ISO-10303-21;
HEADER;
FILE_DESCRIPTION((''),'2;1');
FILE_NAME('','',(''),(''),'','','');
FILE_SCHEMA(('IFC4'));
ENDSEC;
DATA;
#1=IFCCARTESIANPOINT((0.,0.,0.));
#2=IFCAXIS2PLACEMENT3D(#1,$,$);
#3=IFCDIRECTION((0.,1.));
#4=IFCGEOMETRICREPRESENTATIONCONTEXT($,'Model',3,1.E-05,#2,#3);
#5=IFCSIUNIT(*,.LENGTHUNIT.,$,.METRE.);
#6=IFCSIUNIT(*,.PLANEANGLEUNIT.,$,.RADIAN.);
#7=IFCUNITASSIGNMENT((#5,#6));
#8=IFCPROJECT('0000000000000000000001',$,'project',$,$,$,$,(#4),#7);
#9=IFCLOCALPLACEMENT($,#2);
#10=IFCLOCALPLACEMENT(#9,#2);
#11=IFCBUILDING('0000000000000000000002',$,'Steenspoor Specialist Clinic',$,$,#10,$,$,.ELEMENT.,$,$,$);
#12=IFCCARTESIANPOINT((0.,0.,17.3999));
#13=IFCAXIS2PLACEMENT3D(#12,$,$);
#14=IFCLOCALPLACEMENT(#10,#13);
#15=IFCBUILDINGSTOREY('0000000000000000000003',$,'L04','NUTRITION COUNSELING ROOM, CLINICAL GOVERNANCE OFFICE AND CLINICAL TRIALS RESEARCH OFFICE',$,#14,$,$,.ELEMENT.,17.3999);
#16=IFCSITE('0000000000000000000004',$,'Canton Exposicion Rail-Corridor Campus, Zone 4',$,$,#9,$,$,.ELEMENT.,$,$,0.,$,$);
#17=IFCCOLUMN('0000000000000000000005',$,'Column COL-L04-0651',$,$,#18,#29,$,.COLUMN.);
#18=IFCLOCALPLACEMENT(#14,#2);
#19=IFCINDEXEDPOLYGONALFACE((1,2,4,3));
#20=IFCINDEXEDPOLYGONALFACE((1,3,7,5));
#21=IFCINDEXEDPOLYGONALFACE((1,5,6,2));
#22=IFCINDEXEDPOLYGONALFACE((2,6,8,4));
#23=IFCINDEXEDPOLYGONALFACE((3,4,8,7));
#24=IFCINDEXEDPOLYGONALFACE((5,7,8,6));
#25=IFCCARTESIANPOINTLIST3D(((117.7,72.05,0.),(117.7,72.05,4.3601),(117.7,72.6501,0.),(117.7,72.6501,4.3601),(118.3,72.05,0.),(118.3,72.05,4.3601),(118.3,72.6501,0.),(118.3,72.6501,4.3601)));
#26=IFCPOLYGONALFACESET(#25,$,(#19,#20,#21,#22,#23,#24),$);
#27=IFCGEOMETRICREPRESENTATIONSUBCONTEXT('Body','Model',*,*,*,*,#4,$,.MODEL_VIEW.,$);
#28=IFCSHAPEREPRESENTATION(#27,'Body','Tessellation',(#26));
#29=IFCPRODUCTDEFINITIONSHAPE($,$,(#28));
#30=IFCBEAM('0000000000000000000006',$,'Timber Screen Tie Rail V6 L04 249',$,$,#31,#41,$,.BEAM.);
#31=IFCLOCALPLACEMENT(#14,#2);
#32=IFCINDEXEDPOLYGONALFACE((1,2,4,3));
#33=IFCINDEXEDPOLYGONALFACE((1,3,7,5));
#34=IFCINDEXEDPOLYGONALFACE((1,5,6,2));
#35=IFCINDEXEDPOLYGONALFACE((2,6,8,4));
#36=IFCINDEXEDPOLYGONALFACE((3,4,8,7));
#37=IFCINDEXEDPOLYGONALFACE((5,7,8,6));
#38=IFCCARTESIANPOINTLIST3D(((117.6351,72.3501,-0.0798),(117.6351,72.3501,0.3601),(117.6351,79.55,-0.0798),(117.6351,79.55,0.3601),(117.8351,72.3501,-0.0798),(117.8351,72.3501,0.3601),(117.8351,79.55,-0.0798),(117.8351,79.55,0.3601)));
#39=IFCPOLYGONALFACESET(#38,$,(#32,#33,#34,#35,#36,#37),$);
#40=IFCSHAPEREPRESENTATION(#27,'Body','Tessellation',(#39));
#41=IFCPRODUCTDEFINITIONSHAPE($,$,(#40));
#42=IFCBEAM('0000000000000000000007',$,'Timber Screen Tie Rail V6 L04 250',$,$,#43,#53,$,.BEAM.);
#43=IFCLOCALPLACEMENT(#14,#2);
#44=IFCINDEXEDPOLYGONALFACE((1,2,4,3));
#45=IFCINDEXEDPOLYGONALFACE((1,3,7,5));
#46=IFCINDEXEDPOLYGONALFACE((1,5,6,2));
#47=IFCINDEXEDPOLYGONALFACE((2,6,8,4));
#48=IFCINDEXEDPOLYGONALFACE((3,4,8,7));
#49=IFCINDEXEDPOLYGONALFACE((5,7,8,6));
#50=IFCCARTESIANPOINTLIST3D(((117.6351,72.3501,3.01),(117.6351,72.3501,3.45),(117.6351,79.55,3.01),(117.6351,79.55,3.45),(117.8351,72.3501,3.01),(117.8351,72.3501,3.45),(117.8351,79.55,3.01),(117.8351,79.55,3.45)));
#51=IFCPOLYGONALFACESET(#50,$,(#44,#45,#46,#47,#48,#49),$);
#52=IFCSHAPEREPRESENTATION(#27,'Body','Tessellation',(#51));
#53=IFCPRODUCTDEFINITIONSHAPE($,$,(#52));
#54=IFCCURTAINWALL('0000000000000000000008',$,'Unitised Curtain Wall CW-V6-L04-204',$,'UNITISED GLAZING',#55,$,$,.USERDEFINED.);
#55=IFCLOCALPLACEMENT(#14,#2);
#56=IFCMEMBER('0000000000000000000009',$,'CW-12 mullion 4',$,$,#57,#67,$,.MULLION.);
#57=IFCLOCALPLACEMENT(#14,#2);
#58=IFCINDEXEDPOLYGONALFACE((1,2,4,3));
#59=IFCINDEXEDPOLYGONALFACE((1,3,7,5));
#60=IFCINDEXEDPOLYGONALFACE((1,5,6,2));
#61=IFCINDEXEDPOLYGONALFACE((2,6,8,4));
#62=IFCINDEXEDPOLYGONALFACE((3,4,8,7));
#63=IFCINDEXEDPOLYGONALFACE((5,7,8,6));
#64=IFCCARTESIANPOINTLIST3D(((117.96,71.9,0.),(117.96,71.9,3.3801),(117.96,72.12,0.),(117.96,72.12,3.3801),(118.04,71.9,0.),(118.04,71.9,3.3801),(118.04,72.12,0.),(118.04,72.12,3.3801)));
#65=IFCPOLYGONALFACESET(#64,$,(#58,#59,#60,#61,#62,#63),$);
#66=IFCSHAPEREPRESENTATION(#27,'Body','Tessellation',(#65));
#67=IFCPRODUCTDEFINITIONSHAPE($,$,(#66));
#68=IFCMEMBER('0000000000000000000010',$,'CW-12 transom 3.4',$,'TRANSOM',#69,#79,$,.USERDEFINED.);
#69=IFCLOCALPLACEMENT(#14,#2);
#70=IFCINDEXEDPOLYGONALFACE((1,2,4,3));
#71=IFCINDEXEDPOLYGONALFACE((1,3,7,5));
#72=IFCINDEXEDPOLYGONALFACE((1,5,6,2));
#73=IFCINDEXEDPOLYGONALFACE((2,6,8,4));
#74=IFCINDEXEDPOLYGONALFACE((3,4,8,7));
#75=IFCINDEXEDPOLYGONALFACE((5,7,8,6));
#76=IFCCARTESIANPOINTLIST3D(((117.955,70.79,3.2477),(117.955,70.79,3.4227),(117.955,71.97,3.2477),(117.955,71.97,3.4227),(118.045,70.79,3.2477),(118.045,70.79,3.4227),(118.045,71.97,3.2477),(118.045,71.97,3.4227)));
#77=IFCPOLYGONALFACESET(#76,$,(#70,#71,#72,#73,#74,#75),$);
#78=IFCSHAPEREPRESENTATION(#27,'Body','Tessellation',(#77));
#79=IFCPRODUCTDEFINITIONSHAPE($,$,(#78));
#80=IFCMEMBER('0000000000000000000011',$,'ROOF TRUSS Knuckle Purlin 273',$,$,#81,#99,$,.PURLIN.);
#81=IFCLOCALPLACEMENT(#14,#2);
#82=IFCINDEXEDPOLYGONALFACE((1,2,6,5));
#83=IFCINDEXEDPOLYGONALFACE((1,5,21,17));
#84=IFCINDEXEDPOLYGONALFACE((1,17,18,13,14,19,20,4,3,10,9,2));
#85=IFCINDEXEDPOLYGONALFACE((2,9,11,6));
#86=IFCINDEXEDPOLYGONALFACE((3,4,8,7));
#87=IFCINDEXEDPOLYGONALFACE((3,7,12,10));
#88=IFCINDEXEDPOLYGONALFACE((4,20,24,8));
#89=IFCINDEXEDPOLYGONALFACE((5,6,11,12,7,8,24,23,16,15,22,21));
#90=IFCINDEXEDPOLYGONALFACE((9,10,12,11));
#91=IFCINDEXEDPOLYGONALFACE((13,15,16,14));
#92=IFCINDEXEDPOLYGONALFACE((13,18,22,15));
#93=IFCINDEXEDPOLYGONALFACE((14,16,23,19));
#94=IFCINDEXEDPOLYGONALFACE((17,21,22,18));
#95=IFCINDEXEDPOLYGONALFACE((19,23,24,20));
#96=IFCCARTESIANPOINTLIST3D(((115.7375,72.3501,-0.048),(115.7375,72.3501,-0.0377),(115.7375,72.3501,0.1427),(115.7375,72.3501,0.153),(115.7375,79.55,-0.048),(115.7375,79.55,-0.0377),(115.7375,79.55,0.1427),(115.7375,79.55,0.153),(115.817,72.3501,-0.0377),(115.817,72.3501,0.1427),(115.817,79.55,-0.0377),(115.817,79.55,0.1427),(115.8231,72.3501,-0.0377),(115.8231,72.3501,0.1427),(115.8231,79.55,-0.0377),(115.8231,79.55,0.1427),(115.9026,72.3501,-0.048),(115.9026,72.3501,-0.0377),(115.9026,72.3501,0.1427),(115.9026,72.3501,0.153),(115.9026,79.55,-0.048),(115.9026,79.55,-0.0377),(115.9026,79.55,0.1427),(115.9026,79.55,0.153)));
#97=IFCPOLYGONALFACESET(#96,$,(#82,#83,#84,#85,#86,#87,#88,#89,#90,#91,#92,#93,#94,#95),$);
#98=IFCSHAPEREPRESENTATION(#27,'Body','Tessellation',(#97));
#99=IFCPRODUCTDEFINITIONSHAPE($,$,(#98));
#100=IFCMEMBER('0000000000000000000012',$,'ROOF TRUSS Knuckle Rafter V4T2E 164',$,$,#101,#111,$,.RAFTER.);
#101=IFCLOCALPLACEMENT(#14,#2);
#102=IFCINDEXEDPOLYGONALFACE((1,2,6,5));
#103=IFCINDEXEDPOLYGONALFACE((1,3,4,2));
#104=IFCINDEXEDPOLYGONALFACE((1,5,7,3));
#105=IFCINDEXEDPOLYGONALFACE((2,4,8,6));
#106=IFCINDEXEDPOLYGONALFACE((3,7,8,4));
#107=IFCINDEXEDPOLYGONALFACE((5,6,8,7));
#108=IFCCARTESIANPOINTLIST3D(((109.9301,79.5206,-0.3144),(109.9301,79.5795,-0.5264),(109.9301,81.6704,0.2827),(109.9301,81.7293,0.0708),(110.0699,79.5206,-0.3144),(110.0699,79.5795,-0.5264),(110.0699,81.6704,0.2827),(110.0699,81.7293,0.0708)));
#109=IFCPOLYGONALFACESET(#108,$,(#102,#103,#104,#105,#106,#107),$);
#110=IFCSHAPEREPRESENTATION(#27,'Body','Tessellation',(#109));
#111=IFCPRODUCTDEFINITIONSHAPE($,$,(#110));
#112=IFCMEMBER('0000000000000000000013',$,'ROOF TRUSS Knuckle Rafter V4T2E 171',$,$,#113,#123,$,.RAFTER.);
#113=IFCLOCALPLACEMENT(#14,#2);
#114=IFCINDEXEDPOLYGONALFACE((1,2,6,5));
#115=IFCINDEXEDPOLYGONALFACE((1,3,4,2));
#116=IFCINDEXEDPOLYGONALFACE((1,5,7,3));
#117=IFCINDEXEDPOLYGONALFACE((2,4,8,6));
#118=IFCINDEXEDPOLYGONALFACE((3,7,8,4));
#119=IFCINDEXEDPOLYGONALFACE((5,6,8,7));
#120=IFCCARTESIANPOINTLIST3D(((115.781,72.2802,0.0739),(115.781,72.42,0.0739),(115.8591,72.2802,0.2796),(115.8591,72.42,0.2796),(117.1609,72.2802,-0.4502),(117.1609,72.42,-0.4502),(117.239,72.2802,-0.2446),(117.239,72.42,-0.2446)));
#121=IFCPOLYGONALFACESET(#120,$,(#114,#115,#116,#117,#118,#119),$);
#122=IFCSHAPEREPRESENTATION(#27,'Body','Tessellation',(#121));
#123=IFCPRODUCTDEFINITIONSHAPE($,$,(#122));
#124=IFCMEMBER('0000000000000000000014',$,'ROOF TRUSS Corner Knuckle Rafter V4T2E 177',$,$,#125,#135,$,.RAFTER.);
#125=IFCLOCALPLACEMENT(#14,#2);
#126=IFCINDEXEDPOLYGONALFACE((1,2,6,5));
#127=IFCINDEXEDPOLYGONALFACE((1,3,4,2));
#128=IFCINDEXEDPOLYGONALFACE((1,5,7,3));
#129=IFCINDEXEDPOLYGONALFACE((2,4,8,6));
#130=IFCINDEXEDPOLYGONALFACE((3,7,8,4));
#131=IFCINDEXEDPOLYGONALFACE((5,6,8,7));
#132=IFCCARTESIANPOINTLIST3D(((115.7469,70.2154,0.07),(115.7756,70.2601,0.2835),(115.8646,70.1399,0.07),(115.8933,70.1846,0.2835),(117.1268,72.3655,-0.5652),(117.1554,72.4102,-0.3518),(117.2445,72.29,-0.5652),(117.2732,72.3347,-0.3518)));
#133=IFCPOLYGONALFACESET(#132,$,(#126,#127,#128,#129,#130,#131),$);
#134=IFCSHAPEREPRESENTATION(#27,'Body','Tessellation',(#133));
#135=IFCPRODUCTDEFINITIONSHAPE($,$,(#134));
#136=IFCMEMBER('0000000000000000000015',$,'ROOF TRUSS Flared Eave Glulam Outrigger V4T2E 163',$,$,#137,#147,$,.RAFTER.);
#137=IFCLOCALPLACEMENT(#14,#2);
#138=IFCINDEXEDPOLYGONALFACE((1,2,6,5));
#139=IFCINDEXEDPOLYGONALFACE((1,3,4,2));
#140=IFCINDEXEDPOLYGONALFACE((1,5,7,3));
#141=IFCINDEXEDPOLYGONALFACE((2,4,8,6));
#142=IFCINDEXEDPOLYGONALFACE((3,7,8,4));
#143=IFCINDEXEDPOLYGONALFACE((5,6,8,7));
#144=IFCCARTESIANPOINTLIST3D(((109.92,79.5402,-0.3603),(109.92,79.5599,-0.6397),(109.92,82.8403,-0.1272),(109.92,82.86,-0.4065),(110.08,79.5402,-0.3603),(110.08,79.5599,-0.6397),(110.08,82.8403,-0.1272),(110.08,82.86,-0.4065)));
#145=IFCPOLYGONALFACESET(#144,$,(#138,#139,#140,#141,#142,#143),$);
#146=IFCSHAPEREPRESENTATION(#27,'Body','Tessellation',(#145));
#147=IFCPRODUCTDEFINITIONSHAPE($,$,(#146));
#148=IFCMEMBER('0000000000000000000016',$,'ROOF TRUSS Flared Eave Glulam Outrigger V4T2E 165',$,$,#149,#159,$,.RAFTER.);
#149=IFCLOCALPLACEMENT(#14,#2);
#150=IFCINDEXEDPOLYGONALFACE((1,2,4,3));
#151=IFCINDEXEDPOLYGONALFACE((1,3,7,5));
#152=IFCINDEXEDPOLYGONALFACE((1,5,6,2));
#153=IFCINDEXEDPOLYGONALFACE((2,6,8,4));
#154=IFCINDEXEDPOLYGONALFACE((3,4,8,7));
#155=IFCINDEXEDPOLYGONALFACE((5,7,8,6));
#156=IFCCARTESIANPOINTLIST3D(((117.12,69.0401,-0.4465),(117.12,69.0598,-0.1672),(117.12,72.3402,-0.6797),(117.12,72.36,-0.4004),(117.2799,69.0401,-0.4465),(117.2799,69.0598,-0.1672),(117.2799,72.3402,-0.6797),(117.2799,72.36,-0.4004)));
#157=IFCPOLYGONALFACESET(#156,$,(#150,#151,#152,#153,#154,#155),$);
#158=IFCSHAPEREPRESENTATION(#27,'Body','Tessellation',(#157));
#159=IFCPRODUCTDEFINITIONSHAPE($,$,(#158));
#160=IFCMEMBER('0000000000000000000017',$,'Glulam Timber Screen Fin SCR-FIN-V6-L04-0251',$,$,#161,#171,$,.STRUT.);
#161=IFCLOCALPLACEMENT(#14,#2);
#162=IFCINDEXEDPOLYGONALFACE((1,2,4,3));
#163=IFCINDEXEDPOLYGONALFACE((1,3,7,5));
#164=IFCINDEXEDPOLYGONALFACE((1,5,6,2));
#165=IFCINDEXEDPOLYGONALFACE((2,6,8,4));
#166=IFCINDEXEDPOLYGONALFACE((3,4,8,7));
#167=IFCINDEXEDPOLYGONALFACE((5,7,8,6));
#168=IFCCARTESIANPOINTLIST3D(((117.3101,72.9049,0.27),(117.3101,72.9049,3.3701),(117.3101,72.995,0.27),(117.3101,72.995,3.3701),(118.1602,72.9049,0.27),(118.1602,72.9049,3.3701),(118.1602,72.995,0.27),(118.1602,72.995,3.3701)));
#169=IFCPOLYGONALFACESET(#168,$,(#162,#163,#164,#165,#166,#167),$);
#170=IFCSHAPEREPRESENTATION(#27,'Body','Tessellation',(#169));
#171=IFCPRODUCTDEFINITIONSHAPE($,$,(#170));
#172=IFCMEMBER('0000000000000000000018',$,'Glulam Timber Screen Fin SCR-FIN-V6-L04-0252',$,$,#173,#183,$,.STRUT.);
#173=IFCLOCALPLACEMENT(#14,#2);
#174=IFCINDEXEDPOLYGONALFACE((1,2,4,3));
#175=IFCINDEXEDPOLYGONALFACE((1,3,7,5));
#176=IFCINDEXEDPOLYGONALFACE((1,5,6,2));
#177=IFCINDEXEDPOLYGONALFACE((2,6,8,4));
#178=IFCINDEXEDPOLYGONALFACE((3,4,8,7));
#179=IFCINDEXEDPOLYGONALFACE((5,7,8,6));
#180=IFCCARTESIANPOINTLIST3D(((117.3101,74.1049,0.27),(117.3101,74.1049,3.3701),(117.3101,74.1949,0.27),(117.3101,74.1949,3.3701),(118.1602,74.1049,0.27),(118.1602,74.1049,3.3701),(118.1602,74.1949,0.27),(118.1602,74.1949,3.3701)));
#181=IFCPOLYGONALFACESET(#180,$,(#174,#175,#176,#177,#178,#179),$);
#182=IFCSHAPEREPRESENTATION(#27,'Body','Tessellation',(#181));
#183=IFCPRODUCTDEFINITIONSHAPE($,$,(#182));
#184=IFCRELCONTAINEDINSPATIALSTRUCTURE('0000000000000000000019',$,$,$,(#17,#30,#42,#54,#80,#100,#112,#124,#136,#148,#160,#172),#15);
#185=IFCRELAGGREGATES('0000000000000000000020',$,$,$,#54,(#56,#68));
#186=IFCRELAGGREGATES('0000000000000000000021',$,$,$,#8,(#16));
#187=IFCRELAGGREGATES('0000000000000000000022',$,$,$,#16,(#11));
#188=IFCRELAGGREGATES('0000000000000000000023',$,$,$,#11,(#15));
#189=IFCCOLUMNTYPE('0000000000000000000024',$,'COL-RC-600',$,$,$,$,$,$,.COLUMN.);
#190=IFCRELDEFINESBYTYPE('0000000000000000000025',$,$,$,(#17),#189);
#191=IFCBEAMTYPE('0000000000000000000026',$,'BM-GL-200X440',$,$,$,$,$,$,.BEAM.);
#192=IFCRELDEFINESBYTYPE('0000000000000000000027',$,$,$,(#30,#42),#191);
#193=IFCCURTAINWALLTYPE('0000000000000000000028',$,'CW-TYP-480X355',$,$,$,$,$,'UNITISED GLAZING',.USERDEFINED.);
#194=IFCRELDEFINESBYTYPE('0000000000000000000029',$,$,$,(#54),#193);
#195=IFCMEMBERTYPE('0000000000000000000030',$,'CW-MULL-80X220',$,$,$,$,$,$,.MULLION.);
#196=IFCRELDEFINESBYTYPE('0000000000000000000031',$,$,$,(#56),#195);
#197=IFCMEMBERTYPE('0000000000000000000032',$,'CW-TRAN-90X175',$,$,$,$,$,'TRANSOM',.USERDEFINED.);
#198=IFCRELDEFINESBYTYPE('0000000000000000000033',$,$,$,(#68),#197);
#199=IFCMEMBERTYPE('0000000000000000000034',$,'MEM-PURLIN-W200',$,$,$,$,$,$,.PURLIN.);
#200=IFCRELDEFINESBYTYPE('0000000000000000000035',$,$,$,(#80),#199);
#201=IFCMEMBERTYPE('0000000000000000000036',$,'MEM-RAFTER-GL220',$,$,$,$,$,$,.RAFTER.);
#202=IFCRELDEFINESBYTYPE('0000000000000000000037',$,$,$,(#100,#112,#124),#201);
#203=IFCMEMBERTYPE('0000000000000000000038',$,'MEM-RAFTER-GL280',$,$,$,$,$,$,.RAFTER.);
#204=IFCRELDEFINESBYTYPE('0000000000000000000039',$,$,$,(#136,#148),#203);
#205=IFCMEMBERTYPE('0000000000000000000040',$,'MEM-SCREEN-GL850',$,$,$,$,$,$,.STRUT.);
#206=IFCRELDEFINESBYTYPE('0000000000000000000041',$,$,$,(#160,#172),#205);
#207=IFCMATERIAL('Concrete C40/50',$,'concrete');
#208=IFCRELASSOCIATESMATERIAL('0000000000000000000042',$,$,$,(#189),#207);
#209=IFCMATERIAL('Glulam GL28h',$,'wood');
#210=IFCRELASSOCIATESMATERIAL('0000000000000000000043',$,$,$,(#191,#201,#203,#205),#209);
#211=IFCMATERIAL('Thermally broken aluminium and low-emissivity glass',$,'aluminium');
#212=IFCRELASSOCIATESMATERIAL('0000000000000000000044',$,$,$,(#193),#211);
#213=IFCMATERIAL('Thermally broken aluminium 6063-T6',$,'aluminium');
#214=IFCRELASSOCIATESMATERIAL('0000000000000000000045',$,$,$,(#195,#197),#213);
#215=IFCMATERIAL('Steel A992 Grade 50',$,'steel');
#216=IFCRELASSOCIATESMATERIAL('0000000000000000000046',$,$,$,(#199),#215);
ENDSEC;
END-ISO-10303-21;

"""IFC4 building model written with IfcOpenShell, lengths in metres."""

from ifc_helpers import new_model, si_unit, direction, frame, origin, origin_2d, place, context, subcontext, project, spatial, rectangle, i_section, extrude, material, material_profile, profile_set, type_object, element, aggregate, save


model = new_model("IFC4")

# Units and contexts
model_context = context("Model", 3, precision=1e-05, world=origin(), true_north=direction((0.0, 1.0)))
body_context = subcontext(model_context, "Body", "Model", "MODEL_VIEW")
ifc_project = project(units=[si_unit("LENGTHUNIT", "METRE"), si_unit("PLANEANGLEUNIT", "RADIAN")], contexts=[model_context])

# Site, building, storey
site_placement = place(None, origin())
site = spatial("IfcSite", under=ifc_project, at=site_placement, Name="Canton Exposicion Rail-Corridor Campus, Zone 4", CompositionType="ELEMENT", RefElevation=0.0)
building_placement = place(site_placement, origin())
building = spatial("IfcBuilding", under=site, at=building_placement, Name="Steenspoor Specialist Clinic", CompositionType="ELEMENT")
storey_placement = place(building_placement, frame((0.0, 0.0, 17.3999)))
storey = spatial("IfcBuildingStorey", under=building, at=storey_placement, Name="L04", Description="NUTRITION COUNSELING ROOM, CLINICAL GOVERNANCE OFFICE AND CLINICAL TRIALS RESEARCH OFFICE", CompositionType="ELEMENT", Elevation=17.3999)

# Column
ifc_material_1 = material(Name="Concrete C40/50", Category="concrete")
ifc_material_profile_1 = material_profile(ifc_material_1, rectangle(XDim=0.6001, YDim=0.6001, at=origin_2d()), Name="RC-COL-600X600")
ifc_profile_set_1 = profile_set([ifc_material_profile_1], Name="Concrete C40/50")
column_type = type_object("IfcColumnType", Name="COL-RC-600", PredefinedType="COLUMN", material=ifc_profile_set_1)
column_placement = place(storey_placement, frame((118.0, 72.3501, 0.0), z_axis=(0.0, 0.0, 1.0), x_axis=(1.0, 0.0, 0.0)))
element("IfcColumn", 1, at=column_placement, inside=storey, type_object=column_type, Name="Column COL-L04-0651", PredefinedType="COLUMN", context=body_context, shape_type="SweptSolid", body=[
    extrude(rectangle(XDim=0.6001, YDim=0.6001, at=origin_2d()), origin(), (0.0, 0.0, 1.0), 4.3601),
])

# Beams
ifc_material_2 = material(Name="Glulam GL28h", Category="wood")
ifc_material_profile_2 = material_profile(ifc_material_2, rectangle(XDim=0.2, YDim=0.4399, at=origin_2d()), Name="GL28H-200X440")
ifc_profile_set_2 = profile_set([ifc_material_profile_2], Name="Glulam GL28h")
beam_type = type_object("IfcBeamType", Name="BM-GL-200X440", PredefinedType="BEAM", material=ifc_profile_set_2)
for number, where, z_axis, x_axis, name in (
    (2, (117.7351, 72.3501, 0.1401), (0.0, 1.0, 0.0), (-1.0, 0.0, 0.0), "Timber Screen Tie Rail V6 L04 249"),
    (3, (117.7351, 72.3501, 3.23), (0.0, 1.0, 0.0), (-1.0, 0.0, 0.0), "Timber Screen Tie Rail V6 L04 250"),
):
    element("IfcBeam", number, at=place(storey_placement, frame(where, z_axis=z_axis, x_axis=x_axis)), inside=storey, type_object=beam_type, Name=name, PredefinedType="BEAM", context=body_context, shape_type="SweptSolid", body=[
        extrude(rectangle(XDim=0.2, YDim=0.4399, at=origin_2d()), origin(), (0.0, 0.0, 1.0), 7.2),
    ])

# Curtain wall, members
ifc_material_3 = material(Name="Thermally broken aluminium and low-emissivity glass", Category="aluminium")
curtain_wall_type = type_object("IfcCurtainWallType", Name="CW-TYP-480X355", ElementType="UNITISED GLAZING", PredefinedType="USERDEFINED", material=ifc_material_3)
curtain_wall_placement = place(storey_placement, origin())
curtain_wall = element("IfcCurtainWall", 4, at=curtain_wall_placement, inside=storey, type_object=curtain_wall_type, Name="Unitised Curtain Wall CW-V6-L04-204", ObjectType="UNITISED GLAZING", PredefinedType="USERDEFINED")
ifc_material_4 = material(Name="Thermally broken aluminium 6063-T6", Category="aluminium")
ifc_material_profile_3 = material_profile(ifc_material_4, rectangle(XDim=0.0801, YDim=0.22, at=origin_2d()), Name="CWM-80X220")
ifc_profile_set_3 = profile_set([ifc_material_profile_3], Name="Thermally broken aluminium 6063-T6")
member_type_1 = type_object("IfcMemberType", Name="CW-MULL-80X220", PredefinedType="MULLION", material=ifc_profile_set_3)
member_1_placement = place(storey_placement, frame((118.0, 72.01, 0.0), z_axis=(0.0, 0.0, 1.0), x_axis=(-1.0, 0.0, 0.0)))
member_1 = element("IfcMember", 5, at=member_1_placement, type_object=member_type_1, Name="CW-12 mullion 4", PredefinedType="MULLION", context=body_context, shape_type="SweptSolid", body=[
    extrude(rectangle(XDim=0.0801, YDim=0.22, at=origin_2d()), origin(), (0.0, 0.0, 1.0), 3.3801),
])
ifc_material_profile_4 = material_profile(ifc_material_4, rectangle(XDim=0.0901, YDim=0.175, at=origin_2d()), Name="CWT-90X175")
ifc_profile_set_4 = profile_set([ifc_material_profile_4], Name="Thermally broken aluminium 6063-T6")
member_type_2 = type_object("IfcMemberType", Name="CW-TRAN-90X175", ElementType="TRANSOM", PredefinedType="USERDEFINED", material=ifc_profile_set_4)
member_2_placement = place(storey_placement, frame((118.0, 70.79, 3.3352), z_axis=(0.0, 1.0, 0.0), x_axis=(-1.0, 0.0, 0.0)))
member_2 = element("IfcMember", 6, at=member_2_placement, type_object=member_type_2, Name="CW-12 transom 3.4", ObjectType="TRANSOM", PredefinedType="USERDEFINED", context=body_context, shape_type="SweptSolid", body=[
    extrude(rectangle(XDim=0.0901, YDim=0.175, at=origin_2d()), origin(), (0.0, 0.0, 1.0), 1.1799),
])

# Members
ifc_material_5 = material(Name="Steel A992 Grade 50", Category="steel")
ifc_material_profile_5 = material_profile(ifc_material_5, i_section(OverallWidth=0.165, OverallDepth=0.2009, WebThickness=0.0061, FlangeThickness=0.0103, at=origin_2d()), Name="W200X36")
ifc_profile_set_5 = profile_set([ifc_material_profile_5], Name="Steel A992 Grade 50")
member_type_3 = type_object("IfcMemberType", Name="MEM-PURLIN-W200", PredefinedType="PURLIN", material=ifc_profile_set_5)
member_3_placement = place(storey_placement, frame((115.8201, 72.3501, 0.0525), z_axis=(0.0, 1.0, 0.0), x_axis=(-1.0, 0.0, 0.0)))
element("IfcMember", 7, at=member_3_placement, inside=storey, type_object=member_type_3, Name="ROOF TRUSS Knuckle Purlin 273", PredefinedType="PURLIN", context=body_context, shape_type="SweptSolid", body=[
    extrude(i_section(OverallWidth=0.165, OverallDepth=0.2009, WebThickness=0.0061, FlangeThickness=0.0103, at=origin_2d()), origin(), (0.0, 0.0, 1.0), 7.2),
])
ifc_material_profile_6 = material_profile(ifc_material_2, rectangle(XDim=0.1399, YDim=0.22, at=origin_2d()), Name="GL28H-140X220")
ifc_profile_set_6 = profile_set([ifc_material_profile_6], Name="Glulam GL28h")
member_type_4 = type_object("IfcMemberType", Name="MEM-RAFTER-GL220", PredefinedType="RAFTER", material=ifc_profile_set_6)
member_4_placement = place(storey_placement, frame((110.0, 79.55, -0.4204), z_axis=(0.0, 0.963521, 0.267633), x_axis=(-1.0, 0.0, 0.0)))
element("IfcMember", 8, at=member_4_placement, inside=storey, type_object=member_type_4, Name="ROOF TRUSS Knuckle Rafter V4T2E 164", PredefinedType="RAFTER", context=body_context, shape_type="SweptSolid", body=[
    extrude(rectangle(XDim=0.1399, YDim=0.22, at=origin_2d()), origin(), (0.0, 0.0, 1.0), 2.2312),
])
member_5_placement = place(storey_placement, frame((117.2, 72.3501, -0.3474), z_axis=(-0.934825, 0.0, 0.355108), x_axis=(0.0, -1.0, 0.0)))
element("IfcMember", 9, at=member_5_placement, inside=storey, type_object=member_type_4, Name="ROOF TRUSS Knuckle Rafter V4T2E 171", PredefinedType="RAFTER", context=body_context, shape_type="SweptSolid", body=[
    extrude(rectangle(XDim=0.1399, YDim=0.22, at=origin_2d()), origin(), (0.0, 0.0, 1.0), 1.4761),
])
member_6_placement = place(storey_placement, frame((117.2, 72.3501, -0.4585), z_axis=(-0.524146, -0.816729, 0.2413), x_axis=(0.841597, -0.540105, 0.0)))
element("IfcMember", 10, at=member_6_placement, inside=storey, type_object=member_type_4, Name="ROOF TRUSS Corner Knuckle Rafter V4T2E 177", PredefinedType="RAFTER", context=body_context, shape_type="SweptSolid", body=[
    extrude(rectangle(XDim=0.1399, YDim=0.22, at=origin_2d()), origin(), (0.0, 0.0, 1.0), 2.6326),
])
ifc_material_profile_7 = material_profile(ifc_material_2, rectangle(XDim=0.1599, YDim=0.28, at=origin_2d()), Name="GL28H-160X280")
ifc_profile_set_7 = profile_set([ifc_material_profile_7], Name="Glulam GL28h")
member_type_5 = type_object("IfcMemberType", Name="MEM-RAFTER-GL280", PredefinedType="RAFTER", material=ifc_profile_set_7)
for number, where, z_axis, x_axis, name in (
    (11, (110.0, 79.55, -0.5), (0.0, 0.997513, 0.070476), (-1.0, 0.0, 0.0), "ROOF TRUSS Flared Eave Glulam Outrigger V4T2E 163"),
    (12, (117.2, 72.3501, -0.54), (0.0, -0.997513, 0.070476), (1.0, 0.0, 0.0), "ROOF TRUSS Flared Eave Glulam Outrigger V4T2E 165"),
):
    element("IfcMember", number, at=place(storey_placement, frame(where, z_axis=z_axis, x_axis=x_axis)), inside=storey, type_object=member_type_5, Name=name, PredefinedType="RAFTER", context=body_context, shape_type="SweptSolid", body=[
        extrude(rectangle(XDim=0.1599, YDim=0.28, at=origin_2d()), origin(), (0.0, 0.0, 1.0), 3.3083),
    ])
ifc_material_profile_8 = material_profile(ifc_material_2, rectangle(XDim=0.0901, YDim=0.8501, at=origin_2d()), Name="GL28H-90X850")
ifc_profile_set_8 = profile_set([ifc_material_profile_8], Name="Glulam GL28h")
member_type_6 = type_object("IfcMemberType", Name="MEM-SCREEN-GL850", PredefinedType="STRUT", material=ifc_profile_set_8)
for number, where, z_axis, x_axis, name in (
    (13, (117.7351, 72.95, 0.27), (0.0, 0.0, 1.0), (0.0, 1.0, 0.0), "Glulam Timber Screen Fin SCR-FIN-V6-L04-0251"),
    (14, (117.7351, 74.1499, 0.27), (0.0, 0.0, 1.0), (0.0, 1.0, 0.0), "Glulam Timber Screen Fin SCR-FIN-V6-L04-0252"),
):
    element("IfcMember", number, at=place(storey_placement, frame(where, z_axis=z_axis, x_axis=x_axis)), inside=storey, type_object=member_type_6, Name=name, PredefinedType="STRUT", context=body_context, shape_type="SweptSolid", body=[
        extrude(rectangle(XDim=0.0901, YDim=0.8501, at=origin_2d()), origin(), (0.0, 0.0, 1.0), 3.1001),
    ])

aggregate(curtain_wall, [member_1, member_2])

save(model, "model.ifc")
